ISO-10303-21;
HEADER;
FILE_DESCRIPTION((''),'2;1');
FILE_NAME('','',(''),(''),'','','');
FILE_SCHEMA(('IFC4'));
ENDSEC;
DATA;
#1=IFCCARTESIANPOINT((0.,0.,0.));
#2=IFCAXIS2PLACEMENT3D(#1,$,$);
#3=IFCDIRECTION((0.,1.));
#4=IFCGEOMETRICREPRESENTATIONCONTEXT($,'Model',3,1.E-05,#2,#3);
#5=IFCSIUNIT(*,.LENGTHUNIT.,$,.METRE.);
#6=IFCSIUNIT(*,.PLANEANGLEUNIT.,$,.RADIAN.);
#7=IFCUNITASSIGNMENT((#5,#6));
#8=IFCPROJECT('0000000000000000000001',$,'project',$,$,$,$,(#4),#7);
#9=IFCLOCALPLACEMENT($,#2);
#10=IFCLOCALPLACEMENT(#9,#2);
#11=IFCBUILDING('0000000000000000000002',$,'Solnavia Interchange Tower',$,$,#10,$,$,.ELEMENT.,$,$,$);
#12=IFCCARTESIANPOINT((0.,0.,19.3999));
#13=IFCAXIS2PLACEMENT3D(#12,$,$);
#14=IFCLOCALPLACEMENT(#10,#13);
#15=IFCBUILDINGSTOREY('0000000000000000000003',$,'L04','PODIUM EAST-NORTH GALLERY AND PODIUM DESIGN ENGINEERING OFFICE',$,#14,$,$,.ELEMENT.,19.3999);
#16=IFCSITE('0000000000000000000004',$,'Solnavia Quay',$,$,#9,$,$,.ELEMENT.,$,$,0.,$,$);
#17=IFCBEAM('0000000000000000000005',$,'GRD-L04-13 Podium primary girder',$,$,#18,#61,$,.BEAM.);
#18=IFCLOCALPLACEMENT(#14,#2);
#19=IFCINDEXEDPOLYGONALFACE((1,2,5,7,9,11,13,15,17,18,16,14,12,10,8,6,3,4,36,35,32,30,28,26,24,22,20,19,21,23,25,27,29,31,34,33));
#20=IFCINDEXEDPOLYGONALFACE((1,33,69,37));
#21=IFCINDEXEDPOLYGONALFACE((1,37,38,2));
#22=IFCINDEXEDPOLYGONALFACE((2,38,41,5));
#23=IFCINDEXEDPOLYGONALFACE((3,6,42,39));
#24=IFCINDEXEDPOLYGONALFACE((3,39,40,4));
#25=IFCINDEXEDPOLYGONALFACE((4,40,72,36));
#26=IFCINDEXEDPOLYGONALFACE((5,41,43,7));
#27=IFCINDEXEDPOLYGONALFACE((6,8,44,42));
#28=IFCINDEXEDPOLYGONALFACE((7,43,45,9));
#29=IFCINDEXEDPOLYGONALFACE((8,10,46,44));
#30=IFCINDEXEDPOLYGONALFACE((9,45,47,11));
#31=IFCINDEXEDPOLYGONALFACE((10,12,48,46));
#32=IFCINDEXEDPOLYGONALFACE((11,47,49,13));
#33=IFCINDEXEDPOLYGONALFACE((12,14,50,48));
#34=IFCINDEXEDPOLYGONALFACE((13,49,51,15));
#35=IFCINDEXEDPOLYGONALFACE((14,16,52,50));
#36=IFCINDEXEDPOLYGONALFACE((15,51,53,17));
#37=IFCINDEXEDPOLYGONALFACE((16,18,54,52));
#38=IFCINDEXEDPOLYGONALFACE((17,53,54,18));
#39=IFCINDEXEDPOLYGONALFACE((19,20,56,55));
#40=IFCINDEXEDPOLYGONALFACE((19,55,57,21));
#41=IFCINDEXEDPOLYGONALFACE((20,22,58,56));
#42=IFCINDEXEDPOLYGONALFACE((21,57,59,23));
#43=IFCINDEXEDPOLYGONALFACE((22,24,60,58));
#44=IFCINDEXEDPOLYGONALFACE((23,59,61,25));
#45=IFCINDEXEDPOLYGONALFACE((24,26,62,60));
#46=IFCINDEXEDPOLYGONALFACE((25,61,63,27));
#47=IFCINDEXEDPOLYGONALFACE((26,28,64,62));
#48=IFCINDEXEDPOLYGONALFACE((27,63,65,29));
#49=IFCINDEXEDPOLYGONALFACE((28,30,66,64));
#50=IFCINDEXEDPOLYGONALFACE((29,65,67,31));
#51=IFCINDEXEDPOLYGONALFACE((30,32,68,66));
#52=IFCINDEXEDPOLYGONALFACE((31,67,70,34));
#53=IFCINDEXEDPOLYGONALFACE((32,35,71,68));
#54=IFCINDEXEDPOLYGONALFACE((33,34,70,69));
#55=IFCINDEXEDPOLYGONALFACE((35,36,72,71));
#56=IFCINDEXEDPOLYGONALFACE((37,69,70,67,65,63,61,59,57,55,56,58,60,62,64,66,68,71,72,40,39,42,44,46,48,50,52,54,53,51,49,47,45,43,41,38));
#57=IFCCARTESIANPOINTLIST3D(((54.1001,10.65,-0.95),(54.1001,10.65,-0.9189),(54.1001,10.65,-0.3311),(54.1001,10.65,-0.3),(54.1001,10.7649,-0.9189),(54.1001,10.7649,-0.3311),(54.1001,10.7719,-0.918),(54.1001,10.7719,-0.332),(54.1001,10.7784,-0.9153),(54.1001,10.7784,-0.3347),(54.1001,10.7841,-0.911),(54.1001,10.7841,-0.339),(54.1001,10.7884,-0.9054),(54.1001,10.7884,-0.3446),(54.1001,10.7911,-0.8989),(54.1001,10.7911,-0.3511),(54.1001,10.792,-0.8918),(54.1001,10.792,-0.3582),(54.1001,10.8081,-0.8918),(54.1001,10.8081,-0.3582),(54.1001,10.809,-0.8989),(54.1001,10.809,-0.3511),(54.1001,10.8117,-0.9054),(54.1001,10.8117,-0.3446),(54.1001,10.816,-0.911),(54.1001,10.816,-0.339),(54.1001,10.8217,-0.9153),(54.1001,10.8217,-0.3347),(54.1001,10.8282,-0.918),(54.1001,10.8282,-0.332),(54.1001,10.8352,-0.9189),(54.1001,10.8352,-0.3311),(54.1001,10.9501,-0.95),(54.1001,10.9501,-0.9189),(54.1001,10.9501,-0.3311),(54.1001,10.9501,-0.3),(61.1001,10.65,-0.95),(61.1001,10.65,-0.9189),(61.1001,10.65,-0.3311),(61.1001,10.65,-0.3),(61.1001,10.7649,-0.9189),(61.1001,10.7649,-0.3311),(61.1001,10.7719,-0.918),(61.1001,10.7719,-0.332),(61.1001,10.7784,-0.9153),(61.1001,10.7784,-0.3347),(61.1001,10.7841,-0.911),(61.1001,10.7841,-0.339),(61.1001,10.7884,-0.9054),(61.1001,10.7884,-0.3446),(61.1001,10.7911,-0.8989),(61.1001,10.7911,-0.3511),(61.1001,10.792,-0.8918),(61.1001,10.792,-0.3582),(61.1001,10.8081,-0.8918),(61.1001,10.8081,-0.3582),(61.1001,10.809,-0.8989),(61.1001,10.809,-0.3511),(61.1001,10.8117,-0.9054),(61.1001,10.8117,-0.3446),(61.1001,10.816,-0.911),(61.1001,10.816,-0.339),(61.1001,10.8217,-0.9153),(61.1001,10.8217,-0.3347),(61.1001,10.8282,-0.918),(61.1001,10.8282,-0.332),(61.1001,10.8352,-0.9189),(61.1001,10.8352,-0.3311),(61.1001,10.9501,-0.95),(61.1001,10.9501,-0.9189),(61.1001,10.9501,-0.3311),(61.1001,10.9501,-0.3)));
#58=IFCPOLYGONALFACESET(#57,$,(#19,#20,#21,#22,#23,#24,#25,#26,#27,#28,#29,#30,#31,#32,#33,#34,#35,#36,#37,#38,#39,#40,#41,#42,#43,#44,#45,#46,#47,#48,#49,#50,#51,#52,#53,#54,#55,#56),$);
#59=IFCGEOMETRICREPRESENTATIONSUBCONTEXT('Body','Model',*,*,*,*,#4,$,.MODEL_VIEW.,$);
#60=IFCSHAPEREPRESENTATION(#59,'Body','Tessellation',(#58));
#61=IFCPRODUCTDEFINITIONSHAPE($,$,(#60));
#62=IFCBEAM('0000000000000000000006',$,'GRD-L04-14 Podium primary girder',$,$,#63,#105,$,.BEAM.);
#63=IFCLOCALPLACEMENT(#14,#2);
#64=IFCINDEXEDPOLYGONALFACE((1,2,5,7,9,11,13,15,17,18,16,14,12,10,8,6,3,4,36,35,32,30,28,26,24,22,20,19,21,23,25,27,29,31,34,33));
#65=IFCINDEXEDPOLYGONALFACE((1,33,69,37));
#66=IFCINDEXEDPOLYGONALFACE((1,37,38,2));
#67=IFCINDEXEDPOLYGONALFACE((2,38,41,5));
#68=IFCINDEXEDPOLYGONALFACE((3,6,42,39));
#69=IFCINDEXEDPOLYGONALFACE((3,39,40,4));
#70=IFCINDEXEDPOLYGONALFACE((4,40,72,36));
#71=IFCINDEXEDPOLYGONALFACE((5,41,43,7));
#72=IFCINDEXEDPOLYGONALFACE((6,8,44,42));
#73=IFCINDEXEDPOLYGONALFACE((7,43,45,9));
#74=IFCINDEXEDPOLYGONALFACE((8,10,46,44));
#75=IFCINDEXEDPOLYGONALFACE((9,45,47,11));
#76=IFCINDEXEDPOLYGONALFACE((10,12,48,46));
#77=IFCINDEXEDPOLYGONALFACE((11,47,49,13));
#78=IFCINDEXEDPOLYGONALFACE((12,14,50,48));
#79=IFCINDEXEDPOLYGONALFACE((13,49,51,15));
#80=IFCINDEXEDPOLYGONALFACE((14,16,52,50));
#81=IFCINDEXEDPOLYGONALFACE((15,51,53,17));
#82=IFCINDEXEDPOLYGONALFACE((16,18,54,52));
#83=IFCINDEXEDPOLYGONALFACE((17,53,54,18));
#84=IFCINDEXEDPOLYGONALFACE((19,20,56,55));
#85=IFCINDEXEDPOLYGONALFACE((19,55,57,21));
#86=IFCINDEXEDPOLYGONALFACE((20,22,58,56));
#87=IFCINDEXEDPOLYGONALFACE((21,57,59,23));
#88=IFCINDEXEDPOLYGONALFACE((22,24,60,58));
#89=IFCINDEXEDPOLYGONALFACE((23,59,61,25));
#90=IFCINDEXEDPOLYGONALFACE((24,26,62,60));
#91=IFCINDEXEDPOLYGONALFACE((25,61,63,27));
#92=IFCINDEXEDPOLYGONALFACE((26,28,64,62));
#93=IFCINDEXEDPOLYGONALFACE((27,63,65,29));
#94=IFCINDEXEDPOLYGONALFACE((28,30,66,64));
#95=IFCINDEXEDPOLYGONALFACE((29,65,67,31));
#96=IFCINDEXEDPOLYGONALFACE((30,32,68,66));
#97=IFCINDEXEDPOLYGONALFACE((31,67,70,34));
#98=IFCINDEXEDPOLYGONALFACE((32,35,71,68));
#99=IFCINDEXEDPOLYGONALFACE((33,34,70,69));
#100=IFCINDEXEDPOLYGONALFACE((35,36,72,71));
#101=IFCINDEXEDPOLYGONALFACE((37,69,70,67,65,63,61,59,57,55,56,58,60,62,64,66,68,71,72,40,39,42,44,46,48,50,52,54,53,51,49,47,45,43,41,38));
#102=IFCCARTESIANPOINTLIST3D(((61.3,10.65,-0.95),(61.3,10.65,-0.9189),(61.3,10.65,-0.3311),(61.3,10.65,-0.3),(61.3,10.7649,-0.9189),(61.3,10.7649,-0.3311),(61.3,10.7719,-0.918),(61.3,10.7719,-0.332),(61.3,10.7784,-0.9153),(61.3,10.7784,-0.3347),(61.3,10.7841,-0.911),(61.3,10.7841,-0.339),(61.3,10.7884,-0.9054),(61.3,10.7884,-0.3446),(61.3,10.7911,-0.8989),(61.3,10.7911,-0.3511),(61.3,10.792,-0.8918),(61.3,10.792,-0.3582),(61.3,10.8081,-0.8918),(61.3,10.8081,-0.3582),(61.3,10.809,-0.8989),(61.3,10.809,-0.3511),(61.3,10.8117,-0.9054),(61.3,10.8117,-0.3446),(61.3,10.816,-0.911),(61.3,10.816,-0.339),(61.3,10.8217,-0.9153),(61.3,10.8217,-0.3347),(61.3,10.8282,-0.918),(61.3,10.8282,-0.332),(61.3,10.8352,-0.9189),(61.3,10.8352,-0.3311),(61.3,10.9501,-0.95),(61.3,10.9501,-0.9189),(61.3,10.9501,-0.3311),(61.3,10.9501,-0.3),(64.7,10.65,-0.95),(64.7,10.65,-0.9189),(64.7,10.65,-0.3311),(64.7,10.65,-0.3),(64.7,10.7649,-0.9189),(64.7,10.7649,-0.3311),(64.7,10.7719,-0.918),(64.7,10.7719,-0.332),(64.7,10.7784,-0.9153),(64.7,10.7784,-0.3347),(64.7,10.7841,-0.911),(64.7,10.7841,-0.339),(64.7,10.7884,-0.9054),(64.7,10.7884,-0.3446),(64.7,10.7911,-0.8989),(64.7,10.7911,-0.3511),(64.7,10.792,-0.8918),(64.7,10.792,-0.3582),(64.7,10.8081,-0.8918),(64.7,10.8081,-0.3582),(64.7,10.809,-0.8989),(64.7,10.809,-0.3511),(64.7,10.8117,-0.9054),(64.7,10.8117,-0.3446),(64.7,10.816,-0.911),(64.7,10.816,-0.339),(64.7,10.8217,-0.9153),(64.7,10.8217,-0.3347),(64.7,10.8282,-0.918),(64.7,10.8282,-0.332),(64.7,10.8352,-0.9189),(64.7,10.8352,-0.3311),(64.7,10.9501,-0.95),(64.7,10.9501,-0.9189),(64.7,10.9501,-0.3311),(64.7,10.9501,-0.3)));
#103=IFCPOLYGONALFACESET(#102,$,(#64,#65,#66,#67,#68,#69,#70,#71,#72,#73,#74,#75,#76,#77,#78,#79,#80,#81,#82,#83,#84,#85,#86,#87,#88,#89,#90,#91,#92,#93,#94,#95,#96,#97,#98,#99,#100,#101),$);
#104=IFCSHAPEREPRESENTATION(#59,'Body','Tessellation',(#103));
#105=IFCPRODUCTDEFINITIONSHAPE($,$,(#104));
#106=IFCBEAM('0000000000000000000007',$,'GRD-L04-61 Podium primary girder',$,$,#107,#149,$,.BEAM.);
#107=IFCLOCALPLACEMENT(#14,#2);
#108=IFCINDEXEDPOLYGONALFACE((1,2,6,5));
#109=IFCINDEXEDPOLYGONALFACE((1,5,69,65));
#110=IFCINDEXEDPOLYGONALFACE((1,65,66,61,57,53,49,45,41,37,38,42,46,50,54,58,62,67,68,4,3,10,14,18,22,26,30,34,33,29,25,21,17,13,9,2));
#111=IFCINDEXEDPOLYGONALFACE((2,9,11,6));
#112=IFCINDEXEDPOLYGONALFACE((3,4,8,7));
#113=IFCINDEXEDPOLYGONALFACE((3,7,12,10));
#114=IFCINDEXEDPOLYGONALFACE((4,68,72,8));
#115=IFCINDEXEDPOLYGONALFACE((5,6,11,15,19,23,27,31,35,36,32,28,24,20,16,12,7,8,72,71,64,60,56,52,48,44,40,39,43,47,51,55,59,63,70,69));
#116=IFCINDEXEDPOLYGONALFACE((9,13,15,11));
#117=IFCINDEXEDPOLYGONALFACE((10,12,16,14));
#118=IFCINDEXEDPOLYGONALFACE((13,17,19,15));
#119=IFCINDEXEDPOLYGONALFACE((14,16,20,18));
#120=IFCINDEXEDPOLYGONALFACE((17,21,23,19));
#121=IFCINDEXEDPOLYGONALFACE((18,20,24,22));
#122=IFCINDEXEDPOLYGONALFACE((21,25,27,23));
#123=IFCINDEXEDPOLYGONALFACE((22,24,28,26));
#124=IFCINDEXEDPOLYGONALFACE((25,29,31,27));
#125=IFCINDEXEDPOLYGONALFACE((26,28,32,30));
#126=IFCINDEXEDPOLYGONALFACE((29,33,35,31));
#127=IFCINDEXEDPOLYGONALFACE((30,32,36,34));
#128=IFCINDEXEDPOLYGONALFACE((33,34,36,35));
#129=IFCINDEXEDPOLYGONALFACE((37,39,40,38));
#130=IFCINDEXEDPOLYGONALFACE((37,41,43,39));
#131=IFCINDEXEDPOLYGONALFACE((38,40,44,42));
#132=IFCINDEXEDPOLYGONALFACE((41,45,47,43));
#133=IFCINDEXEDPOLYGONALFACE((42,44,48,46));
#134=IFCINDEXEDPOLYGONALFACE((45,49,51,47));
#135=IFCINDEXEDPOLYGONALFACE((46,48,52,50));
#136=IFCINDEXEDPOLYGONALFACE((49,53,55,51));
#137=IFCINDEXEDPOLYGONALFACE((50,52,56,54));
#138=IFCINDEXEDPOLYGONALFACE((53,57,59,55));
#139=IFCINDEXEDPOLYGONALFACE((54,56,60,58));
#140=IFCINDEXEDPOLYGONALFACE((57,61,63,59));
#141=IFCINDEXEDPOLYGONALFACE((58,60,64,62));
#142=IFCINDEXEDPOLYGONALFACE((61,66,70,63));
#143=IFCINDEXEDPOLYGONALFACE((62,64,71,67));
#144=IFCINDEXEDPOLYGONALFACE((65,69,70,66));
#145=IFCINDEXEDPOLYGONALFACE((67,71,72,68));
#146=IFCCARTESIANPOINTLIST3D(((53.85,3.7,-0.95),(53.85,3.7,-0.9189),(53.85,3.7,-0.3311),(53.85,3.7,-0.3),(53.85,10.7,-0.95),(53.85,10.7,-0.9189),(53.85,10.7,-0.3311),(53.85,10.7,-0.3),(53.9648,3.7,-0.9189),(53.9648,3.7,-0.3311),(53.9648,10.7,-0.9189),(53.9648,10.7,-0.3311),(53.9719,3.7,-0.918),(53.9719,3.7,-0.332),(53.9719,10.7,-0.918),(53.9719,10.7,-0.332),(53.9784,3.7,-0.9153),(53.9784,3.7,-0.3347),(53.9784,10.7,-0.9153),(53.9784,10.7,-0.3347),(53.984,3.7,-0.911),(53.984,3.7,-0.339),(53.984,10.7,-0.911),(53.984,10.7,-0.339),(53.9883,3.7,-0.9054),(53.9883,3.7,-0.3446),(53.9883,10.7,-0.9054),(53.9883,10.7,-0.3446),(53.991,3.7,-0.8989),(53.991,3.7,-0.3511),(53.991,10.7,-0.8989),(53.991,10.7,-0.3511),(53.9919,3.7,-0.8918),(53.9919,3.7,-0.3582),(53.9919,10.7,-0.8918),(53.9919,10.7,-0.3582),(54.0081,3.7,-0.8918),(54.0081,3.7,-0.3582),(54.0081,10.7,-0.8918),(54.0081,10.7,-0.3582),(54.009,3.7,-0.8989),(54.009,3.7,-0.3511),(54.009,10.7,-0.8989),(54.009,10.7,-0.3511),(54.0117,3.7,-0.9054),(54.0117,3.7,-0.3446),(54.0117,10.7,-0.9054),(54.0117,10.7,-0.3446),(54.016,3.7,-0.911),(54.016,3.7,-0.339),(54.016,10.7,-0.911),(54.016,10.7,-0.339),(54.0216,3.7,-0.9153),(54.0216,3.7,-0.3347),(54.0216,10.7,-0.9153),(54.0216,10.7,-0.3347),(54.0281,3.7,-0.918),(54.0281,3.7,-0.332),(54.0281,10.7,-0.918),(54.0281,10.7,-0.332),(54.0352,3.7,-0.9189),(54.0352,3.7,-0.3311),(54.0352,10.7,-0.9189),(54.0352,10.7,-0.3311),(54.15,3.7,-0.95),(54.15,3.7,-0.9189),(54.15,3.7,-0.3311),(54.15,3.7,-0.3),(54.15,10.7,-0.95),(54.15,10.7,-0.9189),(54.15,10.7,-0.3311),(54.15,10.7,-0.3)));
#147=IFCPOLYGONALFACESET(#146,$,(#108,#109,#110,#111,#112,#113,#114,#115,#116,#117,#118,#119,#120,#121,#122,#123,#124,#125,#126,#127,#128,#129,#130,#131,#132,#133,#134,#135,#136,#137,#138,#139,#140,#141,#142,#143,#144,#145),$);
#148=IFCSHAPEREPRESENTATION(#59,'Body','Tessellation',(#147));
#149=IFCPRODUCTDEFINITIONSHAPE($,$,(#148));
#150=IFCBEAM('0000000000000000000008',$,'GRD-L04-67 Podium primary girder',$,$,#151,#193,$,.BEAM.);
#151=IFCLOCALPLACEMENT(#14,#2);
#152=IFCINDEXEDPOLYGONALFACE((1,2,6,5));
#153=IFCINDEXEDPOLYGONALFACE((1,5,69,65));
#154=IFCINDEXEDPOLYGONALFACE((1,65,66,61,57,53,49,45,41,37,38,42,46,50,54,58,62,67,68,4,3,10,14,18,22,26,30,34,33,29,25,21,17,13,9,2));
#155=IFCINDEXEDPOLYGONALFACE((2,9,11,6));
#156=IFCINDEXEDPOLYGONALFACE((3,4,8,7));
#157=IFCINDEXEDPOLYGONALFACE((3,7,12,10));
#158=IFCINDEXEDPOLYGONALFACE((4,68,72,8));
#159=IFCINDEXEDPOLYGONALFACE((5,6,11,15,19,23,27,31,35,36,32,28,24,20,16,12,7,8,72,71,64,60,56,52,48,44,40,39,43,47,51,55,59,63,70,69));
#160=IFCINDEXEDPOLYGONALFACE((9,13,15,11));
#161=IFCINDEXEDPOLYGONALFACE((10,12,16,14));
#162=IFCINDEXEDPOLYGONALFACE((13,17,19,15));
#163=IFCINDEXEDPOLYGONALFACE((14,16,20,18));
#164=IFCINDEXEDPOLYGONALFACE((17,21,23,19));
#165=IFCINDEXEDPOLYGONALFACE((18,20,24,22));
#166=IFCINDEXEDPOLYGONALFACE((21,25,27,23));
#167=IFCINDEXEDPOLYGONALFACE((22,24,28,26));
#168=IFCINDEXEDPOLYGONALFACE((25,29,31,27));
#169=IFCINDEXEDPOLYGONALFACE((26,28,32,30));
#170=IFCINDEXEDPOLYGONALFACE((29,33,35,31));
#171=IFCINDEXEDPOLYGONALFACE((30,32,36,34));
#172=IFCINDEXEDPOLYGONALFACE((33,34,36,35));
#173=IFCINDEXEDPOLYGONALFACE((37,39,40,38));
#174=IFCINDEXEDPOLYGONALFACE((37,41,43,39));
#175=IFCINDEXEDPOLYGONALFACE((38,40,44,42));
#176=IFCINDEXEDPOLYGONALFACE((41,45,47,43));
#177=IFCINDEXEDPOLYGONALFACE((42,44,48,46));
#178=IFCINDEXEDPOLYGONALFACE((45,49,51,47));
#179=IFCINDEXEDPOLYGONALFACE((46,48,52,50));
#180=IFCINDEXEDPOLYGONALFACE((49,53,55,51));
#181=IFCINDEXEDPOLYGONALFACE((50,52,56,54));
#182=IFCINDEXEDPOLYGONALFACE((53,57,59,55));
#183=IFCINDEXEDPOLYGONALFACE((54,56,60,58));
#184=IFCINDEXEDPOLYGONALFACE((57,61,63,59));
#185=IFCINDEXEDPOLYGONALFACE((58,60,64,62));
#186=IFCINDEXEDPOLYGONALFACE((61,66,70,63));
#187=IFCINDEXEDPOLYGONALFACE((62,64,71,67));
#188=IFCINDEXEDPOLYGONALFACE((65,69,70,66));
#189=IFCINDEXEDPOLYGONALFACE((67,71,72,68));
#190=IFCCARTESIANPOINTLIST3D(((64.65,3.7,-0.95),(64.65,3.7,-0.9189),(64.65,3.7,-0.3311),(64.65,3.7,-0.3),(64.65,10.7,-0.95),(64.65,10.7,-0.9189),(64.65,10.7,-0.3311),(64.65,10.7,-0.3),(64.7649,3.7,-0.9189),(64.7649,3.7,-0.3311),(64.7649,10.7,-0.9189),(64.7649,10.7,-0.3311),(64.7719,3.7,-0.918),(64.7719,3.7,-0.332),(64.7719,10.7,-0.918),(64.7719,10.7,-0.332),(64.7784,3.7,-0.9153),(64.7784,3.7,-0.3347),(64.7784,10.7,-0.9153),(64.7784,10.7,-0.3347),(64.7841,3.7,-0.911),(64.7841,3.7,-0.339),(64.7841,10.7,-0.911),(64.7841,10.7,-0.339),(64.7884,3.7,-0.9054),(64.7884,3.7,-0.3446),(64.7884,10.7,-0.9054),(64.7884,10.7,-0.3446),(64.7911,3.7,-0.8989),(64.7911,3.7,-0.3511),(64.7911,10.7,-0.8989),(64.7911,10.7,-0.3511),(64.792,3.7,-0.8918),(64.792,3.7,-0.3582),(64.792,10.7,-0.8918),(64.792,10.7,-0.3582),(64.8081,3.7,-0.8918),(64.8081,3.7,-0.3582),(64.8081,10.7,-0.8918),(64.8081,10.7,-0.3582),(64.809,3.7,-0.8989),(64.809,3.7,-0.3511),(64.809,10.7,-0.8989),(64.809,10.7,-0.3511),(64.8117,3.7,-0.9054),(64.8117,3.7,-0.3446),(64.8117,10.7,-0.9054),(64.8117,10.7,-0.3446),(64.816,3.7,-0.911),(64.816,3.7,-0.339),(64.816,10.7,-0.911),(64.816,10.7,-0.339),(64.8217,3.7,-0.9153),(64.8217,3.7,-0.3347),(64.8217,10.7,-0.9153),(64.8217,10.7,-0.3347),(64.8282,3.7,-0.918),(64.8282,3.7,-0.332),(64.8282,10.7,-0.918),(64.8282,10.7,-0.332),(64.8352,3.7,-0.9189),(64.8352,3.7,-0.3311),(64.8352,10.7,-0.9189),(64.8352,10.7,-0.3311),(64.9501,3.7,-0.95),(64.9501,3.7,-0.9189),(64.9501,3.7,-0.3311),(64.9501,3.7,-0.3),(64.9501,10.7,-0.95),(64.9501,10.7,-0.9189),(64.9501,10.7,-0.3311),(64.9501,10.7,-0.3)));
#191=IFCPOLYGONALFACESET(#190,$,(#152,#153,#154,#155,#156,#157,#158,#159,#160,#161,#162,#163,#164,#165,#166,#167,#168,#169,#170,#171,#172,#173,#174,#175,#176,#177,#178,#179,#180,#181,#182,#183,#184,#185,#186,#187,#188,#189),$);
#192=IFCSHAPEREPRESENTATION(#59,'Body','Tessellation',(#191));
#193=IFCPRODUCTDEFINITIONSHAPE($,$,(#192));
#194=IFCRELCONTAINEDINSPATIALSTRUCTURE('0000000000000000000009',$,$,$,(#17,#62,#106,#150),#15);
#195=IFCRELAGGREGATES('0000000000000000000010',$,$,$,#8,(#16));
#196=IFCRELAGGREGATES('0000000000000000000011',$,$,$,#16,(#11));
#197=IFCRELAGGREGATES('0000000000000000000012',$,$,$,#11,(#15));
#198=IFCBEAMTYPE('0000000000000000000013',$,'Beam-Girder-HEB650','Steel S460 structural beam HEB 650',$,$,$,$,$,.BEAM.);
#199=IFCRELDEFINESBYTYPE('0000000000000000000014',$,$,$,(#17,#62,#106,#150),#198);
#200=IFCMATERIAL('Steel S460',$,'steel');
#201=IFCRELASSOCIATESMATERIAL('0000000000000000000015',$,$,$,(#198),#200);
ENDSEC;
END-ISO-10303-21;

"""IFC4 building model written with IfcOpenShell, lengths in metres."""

from ifc_helpers import new_model, si_unit, direction, frame, origin, origin_2d, place, context, subcontext, project, spatial, i_section, extrude, material, material_profile, profile_set, type_object, element, save


model = new_model("IFC4")

# Units and contexts
model_context = context("Model", 3, precision=1e-05, world=origin(), true_north=direction((0.0, 1.0)))
body_context = subcontext(model_context, "Body", "Model", "MODEL_VIEW")
ifc_project = project(units=[si_unit("LENGTHUNIT", "METRE"), si_unit("PLANEANGLEUNIT", "RADIAN")], contexts=[model_context])

# Site, building, storey
site_placement = place(None, origin())
site = spatial("IfcSite", under=ifc_project, at=site_placement, Name="Solnavia Quay", CompositionType="ELEMENT", RefElevation=0.0)
building_placement = place(site_placement, origin())
building = spatial("IfcBuilding", under=site, at=building_placement, Name="Solnavia Interchange Tower", CompositionType="ELEMENT")
storey_placement = place(building_placement, frame((0.0, 0.0, 19.3999)))
storey = spatial("IfcBuildingStorey", under=building, at=storey_placement, Name="L04", Description="PODIUM EAST-NORTH GALLERY AND PODIUM DESIGN ENGINEERING OFFICE", CompositionType="ELEMENT", Elevation=19.3999)

# Beams
ifc_material_1 = material(Name="Steel S460", Category="steel")
ifc_material_profile_1 = material_profile(ifc_material_1, i_section(OverallWidth=0.3, OverallDepth=0.6499, WebThickness=0.0161, FlangeThickness=0.031, FilletRadius=0.0271, at=origin_2d()), Name="HEB 650")
ifc_profile_set_1 = profile_set([ifc_material_profile_1], Name="Steel S460")
beam_type_1 = type_object("IfcBeamType", Name="Beam-Girder-HEB650", Description="Steel S460 structural beam HEB 650", PredefinedType="BEAM", material=ifc_profile_set_1)
beam_1_placement = place(storey_placement, frame((54.1001, 10.8, -0.625), z_axis=(1.0, 0.0, 0.0), x_axis=(0.0, 1.0, 0.0)))
element("IfcBeam", 1, at=beam_1_placement, inside=storey, type_object=beam_type_1, Name="GRD-L04-13 Podium primary girder", PredefinedType="BEAM", context=body_context, shape_type="SweptSolid", body=[
    extrude(i_section(OverallWidth=0.3, OverallDepth=0.6499, WebThickness=0.0161, FlangeThickness=0.031, FilletRadius=0.0271, at=origin_2d()), origin(), (0.0, 0.0, 1.0), 7.0),
])
beam_2_placement = place(storey_placement, frame((61.3, 10.8, -0.625), z_axis=(1.0, 0.0, 0.0), x_axis=(0.0, 1.0, 0.0)))
element("IfcBeam", 2, at=beam_2_placement, inside=storey, type_object=beam_type_1, Name="GRD-L04-14 Podium primary girder", PredefinedType="BEAM", context=body_context, shape_type="SweptSolid", body=[
    extrude(i_section(OverallWidth=0.3, OverallDepth=0.6499, WebThickness=0.0161, FlangeThickness=0.031, FilletRadius=0.0271, at=origin_2d()), origin(), (0.0, 0.0, 1.0), 3.3999),
])
for number, where, z_axis, x_axis, name in (
    (3, (54.0, 3.7, -0.625), (0.0, 1.0, 0.0), (-1.0, 0.0, 0.0), "GRD-L04-61 Podium primary girder"),
    (4, (64.8, 3.7, -0.625), (0.0, 1.0, 0.0), (-1.0, 0.0, 0.0), "GRD-L04-67 Podium primary girder"),
):
    element("IfcBeam", number, at=place(storey_placement, frame(where, z_axis=z_axis, x_axis=x_axis)), inside=storey, type_object=beam_type_1, Name=name, PredefinedType="BEAM", context=body_context, shape_type="SweptSolid", body=[
        extrude(i_section(OverallWidth=0.3, OverallDepth=0.6499, WebThickness=0.0161, FlangeThickness=0.031, FilletRadius=0.0271, at=origin_2d()), origin(), (0.0, 0.0, 1.0), 7.0),
    ])

save(model, "model.ifc")
